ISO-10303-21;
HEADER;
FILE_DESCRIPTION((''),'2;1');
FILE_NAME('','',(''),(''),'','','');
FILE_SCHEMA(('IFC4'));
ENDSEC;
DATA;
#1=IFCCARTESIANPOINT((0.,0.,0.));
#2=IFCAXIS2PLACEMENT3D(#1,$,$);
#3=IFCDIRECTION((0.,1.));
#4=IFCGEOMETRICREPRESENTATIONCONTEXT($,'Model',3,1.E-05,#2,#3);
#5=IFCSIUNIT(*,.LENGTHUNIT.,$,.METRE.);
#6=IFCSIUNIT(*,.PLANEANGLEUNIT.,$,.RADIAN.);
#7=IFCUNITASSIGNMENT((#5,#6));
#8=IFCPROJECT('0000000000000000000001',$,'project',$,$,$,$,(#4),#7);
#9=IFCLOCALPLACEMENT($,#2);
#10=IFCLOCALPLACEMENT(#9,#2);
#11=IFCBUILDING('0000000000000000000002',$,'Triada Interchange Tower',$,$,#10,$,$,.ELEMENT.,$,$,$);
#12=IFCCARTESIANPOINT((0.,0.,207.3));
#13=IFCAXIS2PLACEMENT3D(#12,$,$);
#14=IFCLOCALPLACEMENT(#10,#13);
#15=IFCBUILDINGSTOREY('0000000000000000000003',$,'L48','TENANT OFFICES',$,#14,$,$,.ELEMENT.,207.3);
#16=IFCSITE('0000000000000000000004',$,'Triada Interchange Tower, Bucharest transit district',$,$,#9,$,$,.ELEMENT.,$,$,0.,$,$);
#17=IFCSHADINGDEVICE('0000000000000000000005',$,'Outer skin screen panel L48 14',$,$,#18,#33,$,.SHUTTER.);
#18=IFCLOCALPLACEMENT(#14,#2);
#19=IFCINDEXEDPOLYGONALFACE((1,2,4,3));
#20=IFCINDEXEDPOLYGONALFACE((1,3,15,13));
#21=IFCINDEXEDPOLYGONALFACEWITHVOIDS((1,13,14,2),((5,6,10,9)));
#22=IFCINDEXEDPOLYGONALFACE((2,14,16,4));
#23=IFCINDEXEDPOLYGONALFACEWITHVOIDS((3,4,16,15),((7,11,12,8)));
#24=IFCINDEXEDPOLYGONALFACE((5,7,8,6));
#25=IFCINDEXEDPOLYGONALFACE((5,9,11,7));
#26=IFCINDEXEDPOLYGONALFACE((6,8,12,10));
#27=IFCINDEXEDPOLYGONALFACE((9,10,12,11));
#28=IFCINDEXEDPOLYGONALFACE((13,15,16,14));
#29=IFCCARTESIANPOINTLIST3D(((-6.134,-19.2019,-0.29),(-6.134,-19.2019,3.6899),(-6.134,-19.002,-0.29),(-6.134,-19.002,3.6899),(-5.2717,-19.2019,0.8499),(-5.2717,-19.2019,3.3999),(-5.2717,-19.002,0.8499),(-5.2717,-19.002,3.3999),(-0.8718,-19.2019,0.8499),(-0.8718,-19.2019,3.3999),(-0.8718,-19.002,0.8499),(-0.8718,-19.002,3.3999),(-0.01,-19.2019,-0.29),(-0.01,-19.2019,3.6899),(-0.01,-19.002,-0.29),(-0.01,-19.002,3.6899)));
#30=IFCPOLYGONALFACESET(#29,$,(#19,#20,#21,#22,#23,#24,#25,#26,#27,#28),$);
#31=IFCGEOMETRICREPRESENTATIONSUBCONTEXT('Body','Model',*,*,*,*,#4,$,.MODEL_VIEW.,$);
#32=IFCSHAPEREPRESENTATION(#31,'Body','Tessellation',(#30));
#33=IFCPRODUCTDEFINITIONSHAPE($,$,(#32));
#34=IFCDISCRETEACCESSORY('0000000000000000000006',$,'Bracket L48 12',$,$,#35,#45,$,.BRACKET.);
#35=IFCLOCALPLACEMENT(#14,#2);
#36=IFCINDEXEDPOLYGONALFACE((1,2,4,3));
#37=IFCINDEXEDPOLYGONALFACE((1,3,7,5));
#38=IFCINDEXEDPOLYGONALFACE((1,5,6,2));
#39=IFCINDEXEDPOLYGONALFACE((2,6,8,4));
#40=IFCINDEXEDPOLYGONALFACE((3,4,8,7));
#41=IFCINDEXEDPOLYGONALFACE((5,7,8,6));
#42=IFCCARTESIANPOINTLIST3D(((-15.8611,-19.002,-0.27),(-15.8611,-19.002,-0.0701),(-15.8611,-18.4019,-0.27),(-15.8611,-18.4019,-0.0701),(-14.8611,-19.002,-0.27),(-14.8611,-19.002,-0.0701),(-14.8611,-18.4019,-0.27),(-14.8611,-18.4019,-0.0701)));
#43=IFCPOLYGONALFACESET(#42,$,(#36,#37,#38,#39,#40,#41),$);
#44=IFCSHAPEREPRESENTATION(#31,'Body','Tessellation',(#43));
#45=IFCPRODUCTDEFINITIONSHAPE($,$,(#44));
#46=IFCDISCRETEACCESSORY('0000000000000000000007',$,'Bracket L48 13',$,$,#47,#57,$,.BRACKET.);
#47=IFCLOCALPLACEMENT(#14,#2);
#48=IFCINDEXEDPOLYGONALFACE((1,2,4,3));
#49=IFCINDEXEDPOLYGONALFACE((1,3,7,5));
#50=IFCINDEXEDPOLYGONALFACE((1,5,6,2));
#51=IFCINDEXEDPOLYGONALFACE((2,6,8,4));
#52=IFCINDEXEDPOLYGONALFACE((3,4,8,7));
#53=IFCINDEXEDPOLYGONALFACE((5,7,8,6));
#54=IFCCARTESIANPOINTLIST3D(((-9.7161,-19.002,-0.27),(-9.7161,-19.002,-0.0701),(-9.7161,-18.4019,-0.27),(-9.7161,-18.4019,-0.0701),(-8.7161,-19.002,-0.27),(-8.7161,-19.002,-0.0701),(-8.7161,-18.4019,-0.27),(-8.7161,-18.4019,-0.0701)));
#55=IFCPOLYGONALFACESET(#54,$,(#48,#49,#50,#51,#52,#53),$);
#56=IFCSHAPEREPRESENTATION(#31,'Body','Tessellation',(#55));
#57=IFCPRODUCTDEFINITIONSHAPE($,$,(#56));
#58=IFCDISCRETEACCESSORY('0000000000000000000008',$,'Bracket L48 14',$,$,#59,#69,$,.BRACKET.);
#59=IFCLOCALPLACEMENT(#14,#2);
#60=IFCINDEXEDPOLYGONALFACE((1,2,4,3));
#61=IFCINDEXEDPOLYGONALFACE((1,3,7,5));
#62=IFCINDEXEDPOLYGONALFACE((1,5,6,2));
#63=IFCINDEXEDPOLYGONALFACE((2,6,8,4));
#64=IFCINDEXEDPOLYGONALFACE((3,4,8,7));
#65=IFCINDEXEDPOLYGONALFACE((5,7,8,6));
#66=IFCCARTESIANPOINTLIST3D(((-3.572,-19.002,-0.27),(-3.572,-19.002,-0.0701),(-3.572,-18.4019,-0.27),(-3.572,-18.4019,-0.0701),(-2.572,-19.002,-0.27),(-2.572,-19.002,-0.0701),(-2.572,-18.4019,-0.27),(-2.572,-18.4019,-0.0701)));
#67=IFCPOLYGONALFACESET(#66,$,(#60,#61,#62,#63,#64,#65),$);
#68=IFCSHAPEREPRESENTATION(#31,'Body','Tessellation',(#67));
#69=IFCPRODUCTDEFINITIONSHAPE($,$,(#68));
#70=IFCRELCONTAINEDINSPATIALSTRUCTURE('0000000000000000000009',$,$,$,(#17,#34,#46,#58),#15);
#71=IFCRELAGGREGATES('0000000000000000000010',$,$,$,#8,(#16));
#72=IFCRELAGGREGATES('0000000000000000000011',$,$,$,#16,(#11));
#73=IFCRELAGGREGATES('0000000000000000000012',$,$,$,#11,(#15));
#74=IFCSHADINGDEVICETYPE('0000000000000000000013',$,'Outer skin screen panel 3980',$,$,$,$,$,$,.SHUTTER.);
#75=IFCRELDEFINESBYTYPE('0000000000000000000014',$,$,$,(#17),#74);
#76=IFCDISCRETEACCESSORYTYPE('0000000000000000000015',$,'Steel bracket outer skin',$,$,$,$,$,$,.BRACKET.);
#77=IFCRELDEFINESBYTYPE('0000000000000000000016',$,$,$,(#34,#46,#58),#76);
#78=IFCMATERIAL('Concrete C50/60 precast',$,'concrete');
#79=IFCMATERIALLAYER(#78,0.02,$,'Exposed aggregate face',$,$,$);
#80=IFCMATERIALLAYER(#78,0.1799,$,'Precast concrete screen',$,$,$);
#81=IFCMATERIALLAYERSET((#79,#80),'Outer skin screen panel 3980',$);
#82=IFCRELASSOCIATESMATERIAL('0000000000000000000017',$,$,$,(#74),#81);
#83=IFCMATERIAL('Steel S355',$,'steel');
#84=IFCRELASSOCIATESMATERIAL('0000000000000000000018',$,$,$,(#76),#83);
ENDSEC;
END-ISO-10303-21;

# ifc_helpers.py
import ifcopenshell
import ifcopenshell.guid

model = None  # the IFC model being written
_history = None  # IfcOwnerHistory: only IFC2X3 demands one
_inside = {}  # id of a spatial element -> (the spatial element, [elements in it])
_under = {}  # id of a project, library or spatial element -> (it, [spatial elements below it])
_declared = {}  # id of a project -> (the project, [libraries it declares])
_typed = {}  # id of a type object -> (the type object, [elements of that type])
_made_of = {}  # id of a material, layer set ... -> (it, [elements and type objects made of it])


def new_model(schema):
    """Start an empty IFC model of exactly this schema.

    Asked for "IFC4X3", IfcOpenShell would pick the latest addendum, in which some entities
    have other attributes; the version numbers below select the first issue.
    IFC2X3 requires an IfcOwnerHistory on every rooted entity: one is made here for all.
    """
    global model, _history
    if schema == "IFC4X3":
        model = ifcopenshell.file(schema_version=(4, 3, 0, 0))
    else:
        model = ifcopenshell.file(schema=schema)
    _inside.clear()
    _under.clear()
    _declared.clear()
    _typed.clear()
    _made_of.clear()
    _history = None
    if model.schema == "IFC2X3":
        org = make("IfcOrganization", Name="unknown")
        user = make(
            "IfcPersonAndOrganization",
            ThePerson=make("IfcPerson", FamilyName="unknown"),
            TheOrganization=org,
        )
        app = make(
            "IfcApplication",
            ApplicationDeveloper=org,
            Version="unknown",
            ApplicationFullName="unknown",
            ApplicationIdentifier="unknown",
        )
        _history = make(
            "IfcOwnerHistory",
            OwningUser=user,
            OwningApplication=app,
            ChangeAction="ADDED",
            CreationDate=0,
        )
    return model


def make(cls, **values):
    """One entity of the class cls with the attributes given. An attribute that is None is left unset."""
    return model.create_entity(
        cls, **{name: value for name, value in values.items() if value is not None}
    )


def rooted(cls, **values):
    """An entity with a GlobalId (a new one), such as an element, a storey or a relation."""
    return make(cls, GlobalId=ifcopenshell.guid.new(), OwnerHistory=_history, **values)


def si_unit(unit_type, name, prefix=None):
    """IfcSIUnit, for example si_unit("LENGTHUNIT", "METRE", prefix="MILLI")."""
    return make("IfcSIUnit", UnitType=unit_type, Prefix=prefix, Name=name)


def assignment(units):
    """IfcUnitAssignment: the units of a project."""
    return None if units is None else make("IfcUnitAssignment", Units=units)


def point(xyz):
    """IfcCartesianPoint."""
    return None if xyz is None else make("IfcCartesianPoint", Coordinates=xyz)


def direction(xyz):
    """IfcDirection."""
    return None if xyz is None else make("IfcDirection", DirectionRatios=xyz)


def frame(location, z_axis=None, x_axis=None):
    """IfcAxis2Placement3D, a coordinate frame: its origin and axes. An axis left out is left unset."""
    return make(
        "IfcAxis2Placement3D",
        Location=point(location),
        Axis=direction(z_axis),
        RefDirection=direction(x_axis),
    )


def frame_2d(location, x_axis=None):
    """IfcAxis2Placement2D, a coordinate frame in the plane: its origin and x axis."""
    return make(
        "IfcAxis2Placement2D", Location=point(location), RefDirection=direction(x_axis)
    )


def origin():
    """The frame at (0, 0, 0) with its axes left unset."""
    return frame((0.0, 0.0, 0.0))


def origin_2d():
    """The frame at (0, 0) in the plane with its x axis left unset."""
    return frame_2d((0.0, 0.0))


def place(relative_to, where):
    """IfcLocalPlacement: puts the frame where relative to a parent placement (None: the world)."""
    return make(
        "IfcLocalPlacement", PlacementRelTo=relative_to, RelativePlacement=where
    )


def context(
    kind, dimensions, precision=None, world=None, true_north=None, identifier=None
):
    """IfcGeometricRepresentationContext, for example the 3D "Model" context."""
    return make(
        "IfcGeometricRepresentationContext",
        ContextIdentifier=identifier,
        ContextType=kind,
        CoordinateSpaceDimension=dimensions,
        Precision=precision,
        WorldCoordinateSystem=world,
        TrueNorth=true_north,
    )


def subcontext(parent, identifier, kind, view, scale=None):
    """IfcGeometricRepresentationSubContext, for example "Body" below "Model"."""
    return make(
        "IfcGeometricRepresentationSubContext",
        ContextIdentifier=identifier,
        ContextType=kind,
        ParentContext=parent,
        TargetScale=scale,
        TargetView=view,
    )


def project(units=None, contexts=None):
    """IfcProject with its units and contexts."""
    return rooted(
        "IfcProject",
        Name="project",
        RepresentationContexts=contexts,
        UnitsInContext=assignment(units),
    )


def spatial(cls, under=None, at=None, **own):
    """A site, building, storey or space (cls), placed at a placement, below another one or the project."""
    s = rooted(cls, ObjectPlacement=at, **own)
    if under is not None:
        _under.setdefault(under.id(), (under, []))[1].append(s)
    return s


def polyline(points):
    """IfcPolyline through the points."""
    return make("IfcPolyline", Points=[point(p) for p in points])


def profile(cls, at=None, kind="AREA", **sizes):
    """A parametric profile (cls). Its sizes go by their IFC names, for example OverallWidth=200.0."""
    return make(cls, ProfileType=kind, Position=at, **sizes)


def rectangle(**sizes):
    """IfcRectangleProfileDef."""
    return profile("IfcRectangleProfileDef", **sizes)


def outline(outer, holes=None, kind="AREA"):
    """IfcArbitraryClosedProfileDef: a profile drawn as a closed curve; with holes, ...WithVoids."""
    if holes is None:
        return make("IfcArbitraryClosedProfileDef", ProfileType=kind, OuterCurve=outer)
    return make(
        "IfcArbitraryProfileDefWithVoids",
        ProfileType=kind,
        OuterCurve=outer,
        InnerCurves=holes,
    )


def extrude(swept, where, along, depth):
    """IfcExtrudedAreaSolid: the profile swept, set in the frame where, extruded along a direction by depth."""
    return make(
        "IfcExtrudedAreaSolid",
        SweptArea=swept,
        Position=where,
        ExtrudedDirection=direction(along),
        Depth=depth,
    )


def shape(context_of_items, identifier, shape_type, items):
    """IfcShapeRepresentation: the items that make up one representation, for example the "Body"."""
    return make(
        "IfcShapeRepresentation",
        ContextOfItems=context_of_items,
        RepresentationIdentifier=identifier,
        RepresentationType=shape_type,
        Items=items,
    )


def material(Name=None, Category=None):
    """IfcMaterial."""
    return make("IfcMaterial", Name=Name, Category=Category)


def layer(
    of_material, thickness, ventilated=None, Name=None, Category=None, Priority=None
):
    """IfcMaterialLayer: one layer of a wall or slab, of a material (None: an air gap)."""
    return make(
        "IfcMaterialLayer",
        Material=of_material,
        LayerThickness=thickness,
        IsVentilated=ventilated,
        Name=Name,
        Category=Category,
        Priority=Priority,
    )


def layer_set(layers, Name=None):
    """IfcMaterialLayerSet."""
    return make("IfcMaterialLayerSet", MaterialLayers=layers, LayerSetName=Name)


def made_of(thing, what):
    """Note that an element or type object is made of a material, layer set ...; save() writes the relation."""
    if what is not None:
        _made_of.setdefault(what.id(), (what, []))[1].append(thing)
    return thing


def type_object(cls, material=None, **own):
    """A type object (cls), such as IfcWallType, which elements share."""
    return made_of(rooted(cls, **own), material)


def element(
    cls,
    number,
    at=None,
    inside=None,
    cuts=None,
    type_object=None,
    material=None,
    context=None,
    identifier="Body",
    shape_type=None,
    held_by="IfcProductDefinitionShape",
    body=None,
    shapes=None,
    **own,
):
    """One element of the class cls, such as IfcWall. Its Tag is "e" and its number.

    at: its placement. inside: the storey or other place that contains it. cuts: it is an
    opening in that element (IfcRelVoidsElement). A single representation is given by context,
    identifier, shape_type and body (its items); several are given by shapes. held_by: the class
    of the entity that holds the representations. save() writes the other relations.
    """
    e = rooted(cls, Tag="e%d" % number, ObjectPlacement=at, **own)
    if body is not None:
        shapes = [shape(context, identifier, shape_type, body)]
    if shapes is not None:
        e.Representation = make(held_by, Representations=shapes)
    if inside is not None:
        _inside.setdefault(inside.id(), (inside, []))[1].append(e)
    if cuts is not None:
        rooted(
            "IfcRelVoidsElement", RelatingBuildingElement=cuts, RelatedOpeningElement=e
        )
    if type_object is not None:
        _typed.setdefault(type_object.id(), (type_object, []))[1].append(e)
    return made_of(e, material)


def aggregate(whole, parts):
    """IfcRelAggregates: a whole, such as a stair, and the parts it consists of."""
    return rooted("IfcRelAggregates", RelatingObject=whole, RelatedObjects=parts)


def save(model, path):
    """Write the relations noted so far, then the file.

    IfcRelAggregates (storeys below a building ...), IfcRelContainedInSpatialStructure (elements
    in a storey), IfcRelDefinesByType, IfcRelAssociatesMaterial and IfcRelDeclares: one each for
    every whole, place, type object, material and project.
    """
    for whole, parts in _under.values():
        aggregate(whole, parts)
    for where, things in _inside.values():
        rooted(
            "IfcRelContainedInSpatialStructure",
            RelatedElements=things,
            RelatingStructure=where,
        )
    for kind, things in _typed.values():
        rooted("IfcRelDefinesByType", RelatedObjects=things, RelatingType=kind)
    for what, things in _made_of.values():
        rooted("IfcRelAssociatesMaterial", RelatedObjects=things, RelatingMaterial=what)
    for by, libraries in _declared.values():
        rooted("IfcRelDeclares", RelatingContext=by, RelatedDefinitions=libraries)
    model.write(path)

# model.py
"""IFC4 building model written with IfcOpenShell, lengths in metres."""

from ifc_helpers import new_model, si_unit, direction, frame, origin, origin_2d, place, context, subcontext, project, spatial, polyline, rectangle, outline, extrude, material, layer, layer_set, type_object, element, save


model = new_model("IFC4")

# Units and contexts
model_context = context("Model", 3, precision=1e-05, world=origin(), true_north=direction((0.0, 1.0)))
body_context = subcontext(model_context, "Body", "Model", "MODEL_VIEW")
ifc_project = project(units=[si_unit("LENGTHUNIT", "METRE"), si_unit("PLANEANGLEUNIT", "RADIAN")], contexts=[model_context])

# Site, building, storey
site_placement = place(None, origin())
site = spatial("IfcSite", under=ifc_project, at=site_placement, Name="Triada Interchange Tower, Bucharest transit district", CompositionType="ELEMENT", RefElevation=0.0)
building_placement = place(site_placement, origin())
building = spatial("IfcBuilding", under=site, at=building_placement, Name="Triada Interchange Tower", CompositionType="ELEMENT")
storey_placement = place(building_placement, frame((0.0, 0.0, 207.3)))
storey = spatial("IfcBuildingStorey", under=building, at=storey_placement, Name="L48", Description="TENANT OFFICES", CompositionType="ELEMENT", Elevation=207.3)

# Shading device
ifc_material_1 = material(Name="Concrete C50/60 precast", Category="concrete")
ifc_layer_1 = layer(ifc_material_1, 0.02, Name="Exposed aggregate face")
ifc_layer_2 = layer(ifc_material_1, 0.1799, Name="Precast concrete screen")
ifc_layer_set_1 = layer_set([ifc_layer_1, ifc_layer_2], Name="Outer skin screen panel 3980")
shading_device_type = type_object("IfcShadingDeviceType", Name="Outer skin screen panel 3980", PredefinedType="SHUTTER", material=ifc_layer_set_1)
shading_device_1_placement = place(storey_placement, frame((-6.134, -19.002, -0.29), z_axis=(0.0, 0.0, 1.0), x_axis=(1.0, 0.0, 0.0)))
element("IfcShadingDevice", 1, at=shading_device_1_placement, inside=storey, type_object=shading_device_type, Name="Outer skin screen panel L48 14", PredefinedType="SHUTTER", context=body_context, shape_type="SweptSolid", body=[
    extrude(outline(polyline([(0.0, 0.0), (6.124, 0.0), (6.124, 3.98), (0.0, 3.98), (0.0, 0.0)]), holes=[polyline([(0.8623, 1.1399), (0.8623, 3.6899), (5.2622, 3.6899), (5.2622, 1.1399), (0.8623, 1.1399)])]), frame((0.0, 0.0, 0.0), z_axis=(0.0, -1.0, 0.0), x_axis=(1.0, 0.0, 0.0)), (0.0, 0.0, 1.0), 0.2),
])

# Discrete accessories
ifc_material_2 = material(Name="Steel S355", Category="steel")
discrete_accessory_type = type_object("IfcDiscreteAccessoryType", Name="Steel bracket outer skin", PredefinedType="BRACKET", material=ifc_material_2)
for number, where, z_axis, x_axis, name in (
    (2, (-15.3611, -18.7019, -0.27), (0.0, 0.0, 1.0), (0.0, -1.0, 0.0), "Bracket L48 12"),
    (3, (-9.2161, -18.7019, -0.27), (0.0, 0.0, 1.0), (0.0, -1.0, 0.0), "Bracket L48 13"),
    (4, (-3.072, -18.7019, -0.27), (0.0, 0.0, 1.0), (0.0, -1.0, 0.0), "Bracket L48 14"),
):
    element("IfcDiscreteAccessory", number, at=place(storey_placement, frame(where, z_axis=z_axis, x_axis=x_axis)), inside=storey, type_object=discrete_accessory_type, Name=name, PredefinedType="BRACKET", context=body_context, shape_type="SweptSolid", body=[
        extrude(rectangle(XDim=0.6001, YDim=1.0, at=origin_2d()), origin(), (0.0, 0.0, 1.0), 0.2),
    ])

save(model, "model.ifc")
